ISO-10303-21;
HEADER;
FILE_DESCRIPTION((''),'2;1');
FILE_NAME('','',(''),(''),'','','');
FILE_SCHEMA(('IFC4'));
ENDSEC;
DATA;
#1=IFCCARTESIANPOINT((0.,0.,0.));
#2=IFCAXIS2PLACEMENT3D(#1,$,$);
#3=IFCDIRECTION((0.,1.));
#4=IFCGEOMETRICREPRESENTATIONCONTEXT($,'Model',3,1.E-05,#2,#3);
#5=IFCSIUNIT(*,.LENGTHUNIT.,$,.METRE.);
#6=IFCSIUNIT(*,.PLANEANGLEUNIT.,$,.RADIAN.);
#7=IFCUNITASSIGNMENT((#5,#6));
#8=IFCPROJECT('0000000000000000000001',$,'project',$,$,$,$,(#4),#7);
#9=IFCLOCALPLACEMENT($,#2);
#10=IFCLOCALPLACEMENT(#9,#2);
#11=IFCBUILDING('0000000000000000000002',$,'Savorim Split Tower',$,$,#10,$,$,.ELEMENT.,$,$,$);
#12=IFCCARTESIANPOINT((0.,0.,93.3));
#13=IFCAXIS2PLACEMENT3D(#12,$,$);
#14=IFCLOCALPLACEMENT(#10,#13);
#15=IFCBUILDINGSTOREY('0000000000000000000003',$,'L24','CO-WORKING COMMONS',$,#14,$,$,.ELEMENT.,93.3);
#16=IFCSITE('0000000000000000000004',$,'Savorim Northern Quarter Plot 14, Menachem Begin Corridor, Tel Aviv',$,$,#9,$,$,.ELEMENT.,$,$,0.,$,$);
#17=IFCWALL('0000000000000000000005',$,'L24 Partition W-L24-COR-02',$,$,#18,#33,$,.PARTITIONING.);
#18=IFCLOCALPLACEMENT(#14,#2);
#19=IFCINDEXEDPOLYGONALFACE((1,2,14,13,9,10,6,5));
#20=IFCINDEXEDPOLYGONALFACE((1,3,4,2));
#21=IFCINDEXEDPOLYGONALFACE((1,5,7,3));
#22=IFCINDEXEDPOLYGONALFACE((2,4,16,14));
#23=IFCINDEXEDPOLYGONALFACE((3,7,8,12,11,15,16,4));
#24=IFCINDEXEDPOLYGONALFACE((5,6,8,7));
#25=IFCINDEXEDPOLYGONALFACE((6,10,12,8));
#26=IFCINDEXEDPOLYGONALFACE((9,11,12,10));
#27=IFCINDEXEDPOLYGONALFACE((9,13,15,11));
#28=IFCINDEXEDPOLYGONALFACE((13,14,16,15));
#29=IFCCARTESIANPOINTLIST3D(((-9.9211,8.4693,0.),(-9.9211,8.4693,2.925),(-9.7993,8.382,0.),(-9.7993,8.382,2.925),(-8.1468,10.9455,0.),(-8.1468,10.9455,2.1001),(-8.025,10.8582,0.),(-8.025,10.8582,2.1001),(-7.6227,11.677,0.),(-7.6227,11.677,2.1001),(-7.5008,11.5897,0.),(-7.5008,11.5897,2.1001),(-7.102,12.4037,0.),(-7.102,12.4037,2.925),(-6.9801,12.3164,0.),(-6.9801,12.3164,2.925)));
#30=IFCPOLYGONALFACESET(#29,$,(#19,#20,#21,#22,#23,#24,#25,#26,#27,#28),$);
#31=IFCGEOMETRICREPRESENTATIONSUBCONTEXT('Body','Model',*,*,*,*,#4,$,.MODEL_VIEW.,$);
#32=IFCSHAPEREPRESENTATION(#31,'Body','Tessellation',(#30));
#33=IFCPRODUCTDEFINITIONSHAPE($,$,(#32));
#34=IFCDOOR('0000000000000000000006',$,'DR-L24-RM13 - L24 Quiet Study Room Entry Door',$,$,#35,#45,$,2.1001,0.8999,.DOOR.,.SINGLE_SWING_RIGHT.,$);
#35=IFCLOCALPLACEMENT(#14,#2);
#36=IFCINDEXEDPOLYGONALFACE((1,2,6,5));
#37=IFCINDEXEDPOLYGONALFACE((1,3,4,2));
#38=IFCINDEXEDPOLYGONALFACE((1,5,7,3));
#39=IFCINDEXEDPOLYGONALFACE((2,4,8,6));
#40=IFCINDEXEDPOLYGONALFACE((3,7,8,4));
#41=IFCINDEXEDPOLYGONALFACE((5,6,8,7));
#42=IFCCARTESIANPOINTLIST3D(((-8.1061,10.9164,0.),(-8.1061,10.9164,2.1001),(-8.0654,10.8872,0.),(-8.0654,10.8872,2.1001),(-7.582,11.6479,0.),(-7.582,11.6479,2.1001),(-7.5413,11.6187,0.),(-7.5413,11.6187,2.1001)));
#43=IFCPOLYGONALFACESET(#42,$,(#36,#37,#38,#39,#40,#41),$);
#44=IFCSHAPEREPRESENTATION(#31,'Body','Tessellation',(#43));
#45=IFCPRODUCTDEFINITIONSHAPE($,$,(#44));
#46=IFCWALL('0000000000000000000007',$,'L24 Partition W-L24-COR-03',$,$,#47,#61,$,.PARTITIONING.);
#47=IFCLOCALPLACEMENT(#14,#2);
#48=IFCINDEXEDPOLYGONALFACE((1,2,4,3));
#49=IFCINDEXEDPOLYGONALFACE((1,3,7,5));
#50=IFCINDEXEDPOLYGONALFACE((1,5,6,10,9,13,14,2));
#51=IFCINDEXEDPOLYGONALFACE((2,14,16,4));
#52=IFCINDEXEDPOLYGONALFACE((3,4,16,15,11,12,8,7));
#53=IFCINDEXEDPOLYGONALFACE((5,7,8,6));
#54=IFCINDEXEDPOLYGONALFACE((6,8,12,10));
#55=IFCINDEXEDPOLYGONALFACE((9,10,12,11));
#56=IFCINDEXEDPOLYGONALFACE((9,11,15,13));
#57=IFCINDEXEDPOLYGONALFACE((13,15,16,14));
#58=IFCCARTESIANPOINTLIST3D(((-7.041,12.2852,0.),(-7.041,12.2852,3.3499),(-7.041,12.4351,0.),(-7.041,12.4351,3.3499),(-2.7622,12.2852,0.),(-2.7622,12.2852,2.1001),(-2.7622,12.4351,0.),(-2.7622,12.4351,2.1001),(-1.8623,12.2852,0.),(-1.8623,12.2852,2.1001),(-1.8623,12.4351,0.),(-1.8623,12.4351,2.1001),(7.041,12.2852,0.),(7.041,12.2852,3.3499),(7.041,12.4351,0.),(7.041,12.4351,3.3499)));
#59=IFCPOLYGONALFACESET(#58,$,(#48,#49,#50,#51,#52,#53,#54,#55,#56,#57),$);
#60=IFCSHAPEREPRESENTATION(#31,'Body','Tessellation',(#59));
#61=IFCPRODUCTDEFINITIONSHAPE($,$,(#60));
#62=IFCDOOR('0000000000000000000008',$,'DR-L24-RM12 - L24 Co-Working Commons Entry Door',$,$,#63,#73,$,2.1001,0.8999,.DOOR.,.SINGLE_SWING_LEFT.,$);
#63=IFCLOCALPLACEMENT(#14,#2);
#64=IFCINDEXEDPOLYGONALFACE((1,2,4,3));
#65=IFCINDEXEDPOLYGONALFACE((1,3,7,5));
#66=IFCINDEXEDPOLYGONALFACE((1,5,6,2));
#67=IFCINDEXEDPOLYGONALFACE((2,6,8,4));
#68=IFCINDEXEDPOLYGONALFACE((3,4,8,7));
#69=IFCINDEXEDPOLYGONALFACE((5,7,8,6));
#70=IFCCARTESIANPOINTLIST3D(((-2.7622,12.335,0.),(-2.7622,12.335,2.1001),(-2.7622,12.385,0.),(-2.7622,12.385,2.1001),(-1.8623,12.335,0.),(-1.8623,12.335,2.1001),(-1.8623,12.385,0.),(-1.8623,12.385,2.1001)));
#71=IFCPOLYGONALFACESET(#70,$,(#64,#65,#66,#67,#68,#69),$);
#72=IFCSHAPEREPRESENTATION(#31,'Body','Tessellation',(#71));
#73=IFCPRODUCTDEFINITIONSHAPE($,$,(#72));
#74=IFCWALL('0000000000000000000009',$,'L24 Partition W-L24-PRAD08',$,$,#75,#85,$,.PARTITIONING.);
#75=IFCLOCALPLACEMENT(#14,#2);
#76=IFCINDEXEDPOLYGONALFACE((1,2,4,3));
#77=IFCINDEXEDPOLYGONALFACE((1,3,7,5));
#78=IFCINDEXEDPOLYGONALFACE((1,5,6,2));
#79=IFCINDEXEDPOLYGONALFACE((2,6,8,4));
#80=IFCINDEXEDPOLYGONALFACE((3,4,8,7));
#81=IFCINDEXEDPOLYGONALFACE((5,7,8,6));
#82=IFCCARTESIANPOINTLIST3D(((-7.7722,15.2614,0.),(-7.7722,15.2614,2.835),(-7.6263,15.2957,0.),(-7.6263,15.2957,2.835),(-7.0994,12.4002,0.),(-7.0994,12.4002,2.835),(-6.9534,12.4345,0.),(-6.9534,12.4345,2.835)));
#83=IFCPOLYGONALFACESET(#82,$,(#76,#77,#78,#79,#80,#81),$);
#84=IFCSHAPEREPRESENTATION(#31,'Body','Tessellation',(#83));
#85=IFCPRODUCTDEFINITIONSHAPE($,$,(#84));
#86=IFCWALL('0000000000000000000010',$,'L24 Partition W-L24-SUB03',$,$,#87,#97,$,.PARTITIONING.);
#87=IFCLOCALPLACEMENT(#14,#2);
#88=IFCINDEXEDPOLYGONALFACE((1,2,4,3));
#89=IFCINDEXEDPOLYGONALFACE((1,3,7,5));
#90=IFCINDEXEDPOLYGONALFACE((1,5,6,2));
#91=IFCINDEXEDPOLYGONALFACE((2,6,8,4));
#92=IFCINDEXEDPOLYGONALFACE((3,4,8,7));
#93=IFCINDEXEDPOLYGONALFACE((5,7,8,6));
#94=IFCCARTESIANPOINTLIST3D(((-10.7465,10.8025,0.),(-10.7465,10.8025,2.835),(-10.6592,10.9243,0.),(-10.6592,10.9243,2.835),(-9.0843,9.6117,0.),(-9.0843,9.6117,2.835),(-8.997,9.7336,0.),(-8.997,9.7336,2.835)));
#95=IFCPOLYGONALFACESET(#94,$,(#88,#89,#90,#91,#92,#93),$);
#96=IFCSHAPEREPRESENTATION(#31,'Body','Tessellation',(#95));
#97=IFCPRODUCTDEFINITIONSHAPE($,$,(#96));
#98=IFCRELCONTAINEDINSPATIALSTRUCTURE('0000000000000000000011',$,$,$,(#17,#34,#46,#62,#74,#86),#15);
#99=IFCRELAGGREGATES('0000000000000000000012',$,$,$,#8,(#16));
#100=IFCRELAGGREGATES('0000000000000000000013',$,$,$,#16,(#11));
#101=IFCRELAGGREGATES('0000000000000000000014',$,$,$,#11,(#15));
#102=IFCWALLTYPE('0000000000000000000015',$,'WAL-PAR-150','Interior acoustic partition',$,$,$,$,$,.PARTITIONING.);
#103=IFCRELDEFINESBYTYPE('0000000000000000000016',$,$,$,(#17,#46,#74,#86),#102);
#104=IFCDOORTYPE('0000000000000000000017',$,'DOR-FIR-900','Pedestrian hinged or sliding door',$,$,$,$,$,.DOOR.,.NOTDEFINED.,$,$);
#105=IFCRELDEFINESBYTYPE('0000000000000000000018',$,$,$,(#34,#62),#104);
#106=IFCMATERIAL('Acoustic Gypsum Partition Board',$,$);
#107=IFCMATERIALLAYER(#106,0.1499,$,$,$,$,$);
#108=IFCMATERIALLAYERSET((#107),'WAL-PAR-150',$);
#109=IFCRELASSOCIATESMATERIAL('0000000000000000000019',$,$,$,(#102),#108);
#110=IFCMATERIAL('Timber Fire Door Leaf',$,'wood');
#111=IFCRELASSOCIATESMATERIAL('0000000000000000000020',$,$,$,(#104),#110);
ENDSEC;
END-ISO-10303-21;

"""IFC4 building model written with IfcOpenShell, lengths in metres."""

from ifc_helpers import new_model, si_unit, direction, frame, frame_2d, origin, place, context, subcontext, project, spatial, rectangle, extrude, material, layer, layer_set, type_object, element, fill, save


model = new_model("IFC4")

# Units and contexts
model_context = context("Model", 3, precision=1e-05, world=origin(), true_north=direction((0.0, 1.0)))
body_context = subcontext(model_context, "Body", "Model", "MODEL_VIEW")
ifc_project = project(units=[si_unit("LENGTHUNIT", "METRE"), si_unit("PLANEANGLEUNIT", "RADIAN")], contexts=[model_context])

# Site, building, storey
site_placement = place(None, origin())
site = spatial("IfcSite", under=ifc_project, at=site_placement, Name="Savorim Northern Quarter Plot 14, Menachem Begin Corridor, Tel Aviv", CompositionType="ELEMENT", RefElevation=0.0)
building_placement = place(site_placement, origin())
building = spatial("IfcBuilding", under=site, at=building_placement, Name="Savorim Split Tower", CompositionType="ELEMENT")
storey_placement = place(building_placement, frame((0.0, 0.0, 93.3)))
storey = spatial("IfcBuildingStorey", under=building, at=storey_placement, Name="L24", Description="CO-WORKING COMMONS", CompositionType="ELEMENT", Elevation=93.3)

# Shared definitions
ifc_material_1 = material(Name="Acoustic Gypsum Partition Board")
ifc_layer_1 = layer(ifc_material_1, 0.1499)
ifc_layer_set_1 = layer_set([ifc_layer_1], Name="WAL-PAR-150")
wall_type_1 = type_object("IfcWallType", Name="WAL-PAR-150", Description="Interior acoustic partition", PredefinedType="PARTITIONING", material=ifc_layer_set_1)

# Walls, openings, doors
wall_1_placement = place(storey_placement, frame((-9.8601, 8.4258, 0.0), z_axis=(0.0, 0.0, 1.0), x_axis=(0.58245, 0.812867, 0.0)))
wall_1 = element("IfcWall", 1, at=wall_1_placement, inside=storey, type_object=wall_type_1, Name="L24 Partition W-L24-COR-02", PredefinedType="PARTITIONING", context=body_context, shape_type="SweptSolid", body=[
    extrude(rectangle(XDim=4.8401, YDim=0.1499, at=frame_2d((2.4199, 0.0))), origin(), (0.0, 0.0, 1.0), 2.925),
])
opening_1_placement = place(wall_1_placement, frame((3.0461, 0.0, 0.0)))
opening_1 = element("IfcOpeningElement", 2, at=opening_1_placement, cuts=wall_1, PredefinedType="OPENING", context=body_context, shape_type="SweptSolid", body=[
    extrude(rectangle(XDim=0.8999, YDim=2.1001, at=frame_2d((0.45, 1.05))), frame((0.0, 0.085, 0.0), z_axis=(0.0, -1.0, 0.0), x_axis=(1.0, 0.0, 0.0)), (0.0, 0.0, 1.0), 0.1699),
])
ifc_material_2 = material(Name="Timber Fire Door Leaf", Category="wood")
door_type_1 = type_object("IfcDoorType", Name="DOR-FIR-900", Description="Pedestrian hinged or sliding door", OperationType="NOTDEFINED", PredefinedType="DOOR", material=ifc_material_2)
door_1_placement = place(opening_1_placement, origin())
door_1 = element("IfcDoor", 3, at=door_1_placement, inside=storey, type_object=door_type_1, Name="DR-L24-RM13 - L24 Quiet Study Room Entry Door", OperationType="SINGLE_SWING_RIGHT", OverallHeight=2.1001, OverallWidth=0.8999, PredefinedType="DOOR", context=body_context, shape_type="SweptSolid", body=[
    extrude(rectangle(XDim=0.8999, YDim=2.1001, at=frame_2d((0.45, 1.05))), frame((0.0, 0.0249, 0.0), z_axis=(0.0, -1.0, 0.0), x_axis=(1.0, 0.0, 0.0)), (0.0, 0.0, 1.0), 0.05),
])
fill(opening_1, door_1)
wall_2_placement = place(storey_placement, frame((-7.041, 12.3601, 0.0), z_axis=(0.0, 0.0, 1.0), x_axis=(1.0, 0.0, 0.0)))
wall_2 = element("IfcWall", 4, at=wall_2_placement, inside=storey, type_object=wall_type_1, Name="L24 Partition W-L24-COR-03", PredefinedType="PARTITIONING", context=body_context, shape_type="SweptSolid", body=[
    extrude(rectangle(XDim=14.082, YDim=0.1499, at=frame_2d((7.041, 0.0))), origin(), (0.0, 0.0, 1.0), 3.3499),
])
opening_2_placement = place(wall_2_placement, frame((4.2788, 0.0, 0.0)))
opening_2 = element("IfcOpeningElement", 5, at=opening_2_placement, cuts=wall_2, PredefinedType="OPENING", context=body_context, shape_type="SweptSolid", body=[
    extrude(rectangle(XDim=0.8999, YDim=2.1001, at=frame_2d((0.45, 1.05))), frame((0.0, 0.085, 0.0), z_axis=(0.0, -1.0, 0.0), x_axis=(1.0, 0.0, 0.0)), (0.0, 0.0, 1.0), 0.1699),
])
door_2_placement = place(opening_2_placement, origin())
door_2 = element("IfcDoor", 6, at=door_2_placement, inside=storey, type_object=door_type_1, Name="DR-L24-RM12 - L24 Co-Working Commons Entry Door", OperationType="SINGLE_SWING_LEFT", OverallHeight=2.1001, OverallWidth=0.8999, PredefinedType="DOOR", context=body_context, shape_type="SweptSolid", body=[
    extrude(rectangle(XDim=0.8999, YDim=2.1001, at=frame_2d((0.45, 1.05))), frame((0.0, 0.0249, 0.0), z_axis=(0.0, -1.0, 0.0), x_axis=(1.0, 0.0, 0.0)), (0.0, 0.0, 1.0), 0.05),
])
fill(opening_2, door_2)

# Walls
wall_3_placement = place(storey_placement, frame((-7.0264, 12.4172, 0.0), z_axis=(0.0, 0.0, 1.0), x_axis=(-0.228928, 0.973443, 0.0)))
element("IfcWall", 7, at=wall_3_placement, inside=storey, type_object=wall_type_1, Name="L24 Partition W-L24-PRAD08", PredefinedType="PARTITIONING", context=body_context, shape_type="SweptSolid", body=[
    extrude(rectangle(XDim=2.9392, YDim=0.1499, at=frame_2d((1.4697, 0.0))), origin(), (0.0, 0.0, 1.0), 2.835),
])
wall_4_placement = place(storey_placement, frame((-9.0405, 9.6726, 0.0), z_axis=(0.0, 0.0, 1.0), x_axis=(-0.812934, 0.582356, 0.0)))
element("IfcWall", 8, at=wall_4_placement, inside=storey, type_object=wall_type_1, Name="L24 Partition W-L24-SUB03", PredefinedType="PARTITIONING", context=body_context, shape_type="SweptSolid", body=[
    extrude(rectangle(XDim=2.0447, YDim=0.1499, at=frame_2d((1.0225, 0.0))), origin(), (0.0, 0.0, 1.0), 2.835),
])

save(model, "model.ifc")
